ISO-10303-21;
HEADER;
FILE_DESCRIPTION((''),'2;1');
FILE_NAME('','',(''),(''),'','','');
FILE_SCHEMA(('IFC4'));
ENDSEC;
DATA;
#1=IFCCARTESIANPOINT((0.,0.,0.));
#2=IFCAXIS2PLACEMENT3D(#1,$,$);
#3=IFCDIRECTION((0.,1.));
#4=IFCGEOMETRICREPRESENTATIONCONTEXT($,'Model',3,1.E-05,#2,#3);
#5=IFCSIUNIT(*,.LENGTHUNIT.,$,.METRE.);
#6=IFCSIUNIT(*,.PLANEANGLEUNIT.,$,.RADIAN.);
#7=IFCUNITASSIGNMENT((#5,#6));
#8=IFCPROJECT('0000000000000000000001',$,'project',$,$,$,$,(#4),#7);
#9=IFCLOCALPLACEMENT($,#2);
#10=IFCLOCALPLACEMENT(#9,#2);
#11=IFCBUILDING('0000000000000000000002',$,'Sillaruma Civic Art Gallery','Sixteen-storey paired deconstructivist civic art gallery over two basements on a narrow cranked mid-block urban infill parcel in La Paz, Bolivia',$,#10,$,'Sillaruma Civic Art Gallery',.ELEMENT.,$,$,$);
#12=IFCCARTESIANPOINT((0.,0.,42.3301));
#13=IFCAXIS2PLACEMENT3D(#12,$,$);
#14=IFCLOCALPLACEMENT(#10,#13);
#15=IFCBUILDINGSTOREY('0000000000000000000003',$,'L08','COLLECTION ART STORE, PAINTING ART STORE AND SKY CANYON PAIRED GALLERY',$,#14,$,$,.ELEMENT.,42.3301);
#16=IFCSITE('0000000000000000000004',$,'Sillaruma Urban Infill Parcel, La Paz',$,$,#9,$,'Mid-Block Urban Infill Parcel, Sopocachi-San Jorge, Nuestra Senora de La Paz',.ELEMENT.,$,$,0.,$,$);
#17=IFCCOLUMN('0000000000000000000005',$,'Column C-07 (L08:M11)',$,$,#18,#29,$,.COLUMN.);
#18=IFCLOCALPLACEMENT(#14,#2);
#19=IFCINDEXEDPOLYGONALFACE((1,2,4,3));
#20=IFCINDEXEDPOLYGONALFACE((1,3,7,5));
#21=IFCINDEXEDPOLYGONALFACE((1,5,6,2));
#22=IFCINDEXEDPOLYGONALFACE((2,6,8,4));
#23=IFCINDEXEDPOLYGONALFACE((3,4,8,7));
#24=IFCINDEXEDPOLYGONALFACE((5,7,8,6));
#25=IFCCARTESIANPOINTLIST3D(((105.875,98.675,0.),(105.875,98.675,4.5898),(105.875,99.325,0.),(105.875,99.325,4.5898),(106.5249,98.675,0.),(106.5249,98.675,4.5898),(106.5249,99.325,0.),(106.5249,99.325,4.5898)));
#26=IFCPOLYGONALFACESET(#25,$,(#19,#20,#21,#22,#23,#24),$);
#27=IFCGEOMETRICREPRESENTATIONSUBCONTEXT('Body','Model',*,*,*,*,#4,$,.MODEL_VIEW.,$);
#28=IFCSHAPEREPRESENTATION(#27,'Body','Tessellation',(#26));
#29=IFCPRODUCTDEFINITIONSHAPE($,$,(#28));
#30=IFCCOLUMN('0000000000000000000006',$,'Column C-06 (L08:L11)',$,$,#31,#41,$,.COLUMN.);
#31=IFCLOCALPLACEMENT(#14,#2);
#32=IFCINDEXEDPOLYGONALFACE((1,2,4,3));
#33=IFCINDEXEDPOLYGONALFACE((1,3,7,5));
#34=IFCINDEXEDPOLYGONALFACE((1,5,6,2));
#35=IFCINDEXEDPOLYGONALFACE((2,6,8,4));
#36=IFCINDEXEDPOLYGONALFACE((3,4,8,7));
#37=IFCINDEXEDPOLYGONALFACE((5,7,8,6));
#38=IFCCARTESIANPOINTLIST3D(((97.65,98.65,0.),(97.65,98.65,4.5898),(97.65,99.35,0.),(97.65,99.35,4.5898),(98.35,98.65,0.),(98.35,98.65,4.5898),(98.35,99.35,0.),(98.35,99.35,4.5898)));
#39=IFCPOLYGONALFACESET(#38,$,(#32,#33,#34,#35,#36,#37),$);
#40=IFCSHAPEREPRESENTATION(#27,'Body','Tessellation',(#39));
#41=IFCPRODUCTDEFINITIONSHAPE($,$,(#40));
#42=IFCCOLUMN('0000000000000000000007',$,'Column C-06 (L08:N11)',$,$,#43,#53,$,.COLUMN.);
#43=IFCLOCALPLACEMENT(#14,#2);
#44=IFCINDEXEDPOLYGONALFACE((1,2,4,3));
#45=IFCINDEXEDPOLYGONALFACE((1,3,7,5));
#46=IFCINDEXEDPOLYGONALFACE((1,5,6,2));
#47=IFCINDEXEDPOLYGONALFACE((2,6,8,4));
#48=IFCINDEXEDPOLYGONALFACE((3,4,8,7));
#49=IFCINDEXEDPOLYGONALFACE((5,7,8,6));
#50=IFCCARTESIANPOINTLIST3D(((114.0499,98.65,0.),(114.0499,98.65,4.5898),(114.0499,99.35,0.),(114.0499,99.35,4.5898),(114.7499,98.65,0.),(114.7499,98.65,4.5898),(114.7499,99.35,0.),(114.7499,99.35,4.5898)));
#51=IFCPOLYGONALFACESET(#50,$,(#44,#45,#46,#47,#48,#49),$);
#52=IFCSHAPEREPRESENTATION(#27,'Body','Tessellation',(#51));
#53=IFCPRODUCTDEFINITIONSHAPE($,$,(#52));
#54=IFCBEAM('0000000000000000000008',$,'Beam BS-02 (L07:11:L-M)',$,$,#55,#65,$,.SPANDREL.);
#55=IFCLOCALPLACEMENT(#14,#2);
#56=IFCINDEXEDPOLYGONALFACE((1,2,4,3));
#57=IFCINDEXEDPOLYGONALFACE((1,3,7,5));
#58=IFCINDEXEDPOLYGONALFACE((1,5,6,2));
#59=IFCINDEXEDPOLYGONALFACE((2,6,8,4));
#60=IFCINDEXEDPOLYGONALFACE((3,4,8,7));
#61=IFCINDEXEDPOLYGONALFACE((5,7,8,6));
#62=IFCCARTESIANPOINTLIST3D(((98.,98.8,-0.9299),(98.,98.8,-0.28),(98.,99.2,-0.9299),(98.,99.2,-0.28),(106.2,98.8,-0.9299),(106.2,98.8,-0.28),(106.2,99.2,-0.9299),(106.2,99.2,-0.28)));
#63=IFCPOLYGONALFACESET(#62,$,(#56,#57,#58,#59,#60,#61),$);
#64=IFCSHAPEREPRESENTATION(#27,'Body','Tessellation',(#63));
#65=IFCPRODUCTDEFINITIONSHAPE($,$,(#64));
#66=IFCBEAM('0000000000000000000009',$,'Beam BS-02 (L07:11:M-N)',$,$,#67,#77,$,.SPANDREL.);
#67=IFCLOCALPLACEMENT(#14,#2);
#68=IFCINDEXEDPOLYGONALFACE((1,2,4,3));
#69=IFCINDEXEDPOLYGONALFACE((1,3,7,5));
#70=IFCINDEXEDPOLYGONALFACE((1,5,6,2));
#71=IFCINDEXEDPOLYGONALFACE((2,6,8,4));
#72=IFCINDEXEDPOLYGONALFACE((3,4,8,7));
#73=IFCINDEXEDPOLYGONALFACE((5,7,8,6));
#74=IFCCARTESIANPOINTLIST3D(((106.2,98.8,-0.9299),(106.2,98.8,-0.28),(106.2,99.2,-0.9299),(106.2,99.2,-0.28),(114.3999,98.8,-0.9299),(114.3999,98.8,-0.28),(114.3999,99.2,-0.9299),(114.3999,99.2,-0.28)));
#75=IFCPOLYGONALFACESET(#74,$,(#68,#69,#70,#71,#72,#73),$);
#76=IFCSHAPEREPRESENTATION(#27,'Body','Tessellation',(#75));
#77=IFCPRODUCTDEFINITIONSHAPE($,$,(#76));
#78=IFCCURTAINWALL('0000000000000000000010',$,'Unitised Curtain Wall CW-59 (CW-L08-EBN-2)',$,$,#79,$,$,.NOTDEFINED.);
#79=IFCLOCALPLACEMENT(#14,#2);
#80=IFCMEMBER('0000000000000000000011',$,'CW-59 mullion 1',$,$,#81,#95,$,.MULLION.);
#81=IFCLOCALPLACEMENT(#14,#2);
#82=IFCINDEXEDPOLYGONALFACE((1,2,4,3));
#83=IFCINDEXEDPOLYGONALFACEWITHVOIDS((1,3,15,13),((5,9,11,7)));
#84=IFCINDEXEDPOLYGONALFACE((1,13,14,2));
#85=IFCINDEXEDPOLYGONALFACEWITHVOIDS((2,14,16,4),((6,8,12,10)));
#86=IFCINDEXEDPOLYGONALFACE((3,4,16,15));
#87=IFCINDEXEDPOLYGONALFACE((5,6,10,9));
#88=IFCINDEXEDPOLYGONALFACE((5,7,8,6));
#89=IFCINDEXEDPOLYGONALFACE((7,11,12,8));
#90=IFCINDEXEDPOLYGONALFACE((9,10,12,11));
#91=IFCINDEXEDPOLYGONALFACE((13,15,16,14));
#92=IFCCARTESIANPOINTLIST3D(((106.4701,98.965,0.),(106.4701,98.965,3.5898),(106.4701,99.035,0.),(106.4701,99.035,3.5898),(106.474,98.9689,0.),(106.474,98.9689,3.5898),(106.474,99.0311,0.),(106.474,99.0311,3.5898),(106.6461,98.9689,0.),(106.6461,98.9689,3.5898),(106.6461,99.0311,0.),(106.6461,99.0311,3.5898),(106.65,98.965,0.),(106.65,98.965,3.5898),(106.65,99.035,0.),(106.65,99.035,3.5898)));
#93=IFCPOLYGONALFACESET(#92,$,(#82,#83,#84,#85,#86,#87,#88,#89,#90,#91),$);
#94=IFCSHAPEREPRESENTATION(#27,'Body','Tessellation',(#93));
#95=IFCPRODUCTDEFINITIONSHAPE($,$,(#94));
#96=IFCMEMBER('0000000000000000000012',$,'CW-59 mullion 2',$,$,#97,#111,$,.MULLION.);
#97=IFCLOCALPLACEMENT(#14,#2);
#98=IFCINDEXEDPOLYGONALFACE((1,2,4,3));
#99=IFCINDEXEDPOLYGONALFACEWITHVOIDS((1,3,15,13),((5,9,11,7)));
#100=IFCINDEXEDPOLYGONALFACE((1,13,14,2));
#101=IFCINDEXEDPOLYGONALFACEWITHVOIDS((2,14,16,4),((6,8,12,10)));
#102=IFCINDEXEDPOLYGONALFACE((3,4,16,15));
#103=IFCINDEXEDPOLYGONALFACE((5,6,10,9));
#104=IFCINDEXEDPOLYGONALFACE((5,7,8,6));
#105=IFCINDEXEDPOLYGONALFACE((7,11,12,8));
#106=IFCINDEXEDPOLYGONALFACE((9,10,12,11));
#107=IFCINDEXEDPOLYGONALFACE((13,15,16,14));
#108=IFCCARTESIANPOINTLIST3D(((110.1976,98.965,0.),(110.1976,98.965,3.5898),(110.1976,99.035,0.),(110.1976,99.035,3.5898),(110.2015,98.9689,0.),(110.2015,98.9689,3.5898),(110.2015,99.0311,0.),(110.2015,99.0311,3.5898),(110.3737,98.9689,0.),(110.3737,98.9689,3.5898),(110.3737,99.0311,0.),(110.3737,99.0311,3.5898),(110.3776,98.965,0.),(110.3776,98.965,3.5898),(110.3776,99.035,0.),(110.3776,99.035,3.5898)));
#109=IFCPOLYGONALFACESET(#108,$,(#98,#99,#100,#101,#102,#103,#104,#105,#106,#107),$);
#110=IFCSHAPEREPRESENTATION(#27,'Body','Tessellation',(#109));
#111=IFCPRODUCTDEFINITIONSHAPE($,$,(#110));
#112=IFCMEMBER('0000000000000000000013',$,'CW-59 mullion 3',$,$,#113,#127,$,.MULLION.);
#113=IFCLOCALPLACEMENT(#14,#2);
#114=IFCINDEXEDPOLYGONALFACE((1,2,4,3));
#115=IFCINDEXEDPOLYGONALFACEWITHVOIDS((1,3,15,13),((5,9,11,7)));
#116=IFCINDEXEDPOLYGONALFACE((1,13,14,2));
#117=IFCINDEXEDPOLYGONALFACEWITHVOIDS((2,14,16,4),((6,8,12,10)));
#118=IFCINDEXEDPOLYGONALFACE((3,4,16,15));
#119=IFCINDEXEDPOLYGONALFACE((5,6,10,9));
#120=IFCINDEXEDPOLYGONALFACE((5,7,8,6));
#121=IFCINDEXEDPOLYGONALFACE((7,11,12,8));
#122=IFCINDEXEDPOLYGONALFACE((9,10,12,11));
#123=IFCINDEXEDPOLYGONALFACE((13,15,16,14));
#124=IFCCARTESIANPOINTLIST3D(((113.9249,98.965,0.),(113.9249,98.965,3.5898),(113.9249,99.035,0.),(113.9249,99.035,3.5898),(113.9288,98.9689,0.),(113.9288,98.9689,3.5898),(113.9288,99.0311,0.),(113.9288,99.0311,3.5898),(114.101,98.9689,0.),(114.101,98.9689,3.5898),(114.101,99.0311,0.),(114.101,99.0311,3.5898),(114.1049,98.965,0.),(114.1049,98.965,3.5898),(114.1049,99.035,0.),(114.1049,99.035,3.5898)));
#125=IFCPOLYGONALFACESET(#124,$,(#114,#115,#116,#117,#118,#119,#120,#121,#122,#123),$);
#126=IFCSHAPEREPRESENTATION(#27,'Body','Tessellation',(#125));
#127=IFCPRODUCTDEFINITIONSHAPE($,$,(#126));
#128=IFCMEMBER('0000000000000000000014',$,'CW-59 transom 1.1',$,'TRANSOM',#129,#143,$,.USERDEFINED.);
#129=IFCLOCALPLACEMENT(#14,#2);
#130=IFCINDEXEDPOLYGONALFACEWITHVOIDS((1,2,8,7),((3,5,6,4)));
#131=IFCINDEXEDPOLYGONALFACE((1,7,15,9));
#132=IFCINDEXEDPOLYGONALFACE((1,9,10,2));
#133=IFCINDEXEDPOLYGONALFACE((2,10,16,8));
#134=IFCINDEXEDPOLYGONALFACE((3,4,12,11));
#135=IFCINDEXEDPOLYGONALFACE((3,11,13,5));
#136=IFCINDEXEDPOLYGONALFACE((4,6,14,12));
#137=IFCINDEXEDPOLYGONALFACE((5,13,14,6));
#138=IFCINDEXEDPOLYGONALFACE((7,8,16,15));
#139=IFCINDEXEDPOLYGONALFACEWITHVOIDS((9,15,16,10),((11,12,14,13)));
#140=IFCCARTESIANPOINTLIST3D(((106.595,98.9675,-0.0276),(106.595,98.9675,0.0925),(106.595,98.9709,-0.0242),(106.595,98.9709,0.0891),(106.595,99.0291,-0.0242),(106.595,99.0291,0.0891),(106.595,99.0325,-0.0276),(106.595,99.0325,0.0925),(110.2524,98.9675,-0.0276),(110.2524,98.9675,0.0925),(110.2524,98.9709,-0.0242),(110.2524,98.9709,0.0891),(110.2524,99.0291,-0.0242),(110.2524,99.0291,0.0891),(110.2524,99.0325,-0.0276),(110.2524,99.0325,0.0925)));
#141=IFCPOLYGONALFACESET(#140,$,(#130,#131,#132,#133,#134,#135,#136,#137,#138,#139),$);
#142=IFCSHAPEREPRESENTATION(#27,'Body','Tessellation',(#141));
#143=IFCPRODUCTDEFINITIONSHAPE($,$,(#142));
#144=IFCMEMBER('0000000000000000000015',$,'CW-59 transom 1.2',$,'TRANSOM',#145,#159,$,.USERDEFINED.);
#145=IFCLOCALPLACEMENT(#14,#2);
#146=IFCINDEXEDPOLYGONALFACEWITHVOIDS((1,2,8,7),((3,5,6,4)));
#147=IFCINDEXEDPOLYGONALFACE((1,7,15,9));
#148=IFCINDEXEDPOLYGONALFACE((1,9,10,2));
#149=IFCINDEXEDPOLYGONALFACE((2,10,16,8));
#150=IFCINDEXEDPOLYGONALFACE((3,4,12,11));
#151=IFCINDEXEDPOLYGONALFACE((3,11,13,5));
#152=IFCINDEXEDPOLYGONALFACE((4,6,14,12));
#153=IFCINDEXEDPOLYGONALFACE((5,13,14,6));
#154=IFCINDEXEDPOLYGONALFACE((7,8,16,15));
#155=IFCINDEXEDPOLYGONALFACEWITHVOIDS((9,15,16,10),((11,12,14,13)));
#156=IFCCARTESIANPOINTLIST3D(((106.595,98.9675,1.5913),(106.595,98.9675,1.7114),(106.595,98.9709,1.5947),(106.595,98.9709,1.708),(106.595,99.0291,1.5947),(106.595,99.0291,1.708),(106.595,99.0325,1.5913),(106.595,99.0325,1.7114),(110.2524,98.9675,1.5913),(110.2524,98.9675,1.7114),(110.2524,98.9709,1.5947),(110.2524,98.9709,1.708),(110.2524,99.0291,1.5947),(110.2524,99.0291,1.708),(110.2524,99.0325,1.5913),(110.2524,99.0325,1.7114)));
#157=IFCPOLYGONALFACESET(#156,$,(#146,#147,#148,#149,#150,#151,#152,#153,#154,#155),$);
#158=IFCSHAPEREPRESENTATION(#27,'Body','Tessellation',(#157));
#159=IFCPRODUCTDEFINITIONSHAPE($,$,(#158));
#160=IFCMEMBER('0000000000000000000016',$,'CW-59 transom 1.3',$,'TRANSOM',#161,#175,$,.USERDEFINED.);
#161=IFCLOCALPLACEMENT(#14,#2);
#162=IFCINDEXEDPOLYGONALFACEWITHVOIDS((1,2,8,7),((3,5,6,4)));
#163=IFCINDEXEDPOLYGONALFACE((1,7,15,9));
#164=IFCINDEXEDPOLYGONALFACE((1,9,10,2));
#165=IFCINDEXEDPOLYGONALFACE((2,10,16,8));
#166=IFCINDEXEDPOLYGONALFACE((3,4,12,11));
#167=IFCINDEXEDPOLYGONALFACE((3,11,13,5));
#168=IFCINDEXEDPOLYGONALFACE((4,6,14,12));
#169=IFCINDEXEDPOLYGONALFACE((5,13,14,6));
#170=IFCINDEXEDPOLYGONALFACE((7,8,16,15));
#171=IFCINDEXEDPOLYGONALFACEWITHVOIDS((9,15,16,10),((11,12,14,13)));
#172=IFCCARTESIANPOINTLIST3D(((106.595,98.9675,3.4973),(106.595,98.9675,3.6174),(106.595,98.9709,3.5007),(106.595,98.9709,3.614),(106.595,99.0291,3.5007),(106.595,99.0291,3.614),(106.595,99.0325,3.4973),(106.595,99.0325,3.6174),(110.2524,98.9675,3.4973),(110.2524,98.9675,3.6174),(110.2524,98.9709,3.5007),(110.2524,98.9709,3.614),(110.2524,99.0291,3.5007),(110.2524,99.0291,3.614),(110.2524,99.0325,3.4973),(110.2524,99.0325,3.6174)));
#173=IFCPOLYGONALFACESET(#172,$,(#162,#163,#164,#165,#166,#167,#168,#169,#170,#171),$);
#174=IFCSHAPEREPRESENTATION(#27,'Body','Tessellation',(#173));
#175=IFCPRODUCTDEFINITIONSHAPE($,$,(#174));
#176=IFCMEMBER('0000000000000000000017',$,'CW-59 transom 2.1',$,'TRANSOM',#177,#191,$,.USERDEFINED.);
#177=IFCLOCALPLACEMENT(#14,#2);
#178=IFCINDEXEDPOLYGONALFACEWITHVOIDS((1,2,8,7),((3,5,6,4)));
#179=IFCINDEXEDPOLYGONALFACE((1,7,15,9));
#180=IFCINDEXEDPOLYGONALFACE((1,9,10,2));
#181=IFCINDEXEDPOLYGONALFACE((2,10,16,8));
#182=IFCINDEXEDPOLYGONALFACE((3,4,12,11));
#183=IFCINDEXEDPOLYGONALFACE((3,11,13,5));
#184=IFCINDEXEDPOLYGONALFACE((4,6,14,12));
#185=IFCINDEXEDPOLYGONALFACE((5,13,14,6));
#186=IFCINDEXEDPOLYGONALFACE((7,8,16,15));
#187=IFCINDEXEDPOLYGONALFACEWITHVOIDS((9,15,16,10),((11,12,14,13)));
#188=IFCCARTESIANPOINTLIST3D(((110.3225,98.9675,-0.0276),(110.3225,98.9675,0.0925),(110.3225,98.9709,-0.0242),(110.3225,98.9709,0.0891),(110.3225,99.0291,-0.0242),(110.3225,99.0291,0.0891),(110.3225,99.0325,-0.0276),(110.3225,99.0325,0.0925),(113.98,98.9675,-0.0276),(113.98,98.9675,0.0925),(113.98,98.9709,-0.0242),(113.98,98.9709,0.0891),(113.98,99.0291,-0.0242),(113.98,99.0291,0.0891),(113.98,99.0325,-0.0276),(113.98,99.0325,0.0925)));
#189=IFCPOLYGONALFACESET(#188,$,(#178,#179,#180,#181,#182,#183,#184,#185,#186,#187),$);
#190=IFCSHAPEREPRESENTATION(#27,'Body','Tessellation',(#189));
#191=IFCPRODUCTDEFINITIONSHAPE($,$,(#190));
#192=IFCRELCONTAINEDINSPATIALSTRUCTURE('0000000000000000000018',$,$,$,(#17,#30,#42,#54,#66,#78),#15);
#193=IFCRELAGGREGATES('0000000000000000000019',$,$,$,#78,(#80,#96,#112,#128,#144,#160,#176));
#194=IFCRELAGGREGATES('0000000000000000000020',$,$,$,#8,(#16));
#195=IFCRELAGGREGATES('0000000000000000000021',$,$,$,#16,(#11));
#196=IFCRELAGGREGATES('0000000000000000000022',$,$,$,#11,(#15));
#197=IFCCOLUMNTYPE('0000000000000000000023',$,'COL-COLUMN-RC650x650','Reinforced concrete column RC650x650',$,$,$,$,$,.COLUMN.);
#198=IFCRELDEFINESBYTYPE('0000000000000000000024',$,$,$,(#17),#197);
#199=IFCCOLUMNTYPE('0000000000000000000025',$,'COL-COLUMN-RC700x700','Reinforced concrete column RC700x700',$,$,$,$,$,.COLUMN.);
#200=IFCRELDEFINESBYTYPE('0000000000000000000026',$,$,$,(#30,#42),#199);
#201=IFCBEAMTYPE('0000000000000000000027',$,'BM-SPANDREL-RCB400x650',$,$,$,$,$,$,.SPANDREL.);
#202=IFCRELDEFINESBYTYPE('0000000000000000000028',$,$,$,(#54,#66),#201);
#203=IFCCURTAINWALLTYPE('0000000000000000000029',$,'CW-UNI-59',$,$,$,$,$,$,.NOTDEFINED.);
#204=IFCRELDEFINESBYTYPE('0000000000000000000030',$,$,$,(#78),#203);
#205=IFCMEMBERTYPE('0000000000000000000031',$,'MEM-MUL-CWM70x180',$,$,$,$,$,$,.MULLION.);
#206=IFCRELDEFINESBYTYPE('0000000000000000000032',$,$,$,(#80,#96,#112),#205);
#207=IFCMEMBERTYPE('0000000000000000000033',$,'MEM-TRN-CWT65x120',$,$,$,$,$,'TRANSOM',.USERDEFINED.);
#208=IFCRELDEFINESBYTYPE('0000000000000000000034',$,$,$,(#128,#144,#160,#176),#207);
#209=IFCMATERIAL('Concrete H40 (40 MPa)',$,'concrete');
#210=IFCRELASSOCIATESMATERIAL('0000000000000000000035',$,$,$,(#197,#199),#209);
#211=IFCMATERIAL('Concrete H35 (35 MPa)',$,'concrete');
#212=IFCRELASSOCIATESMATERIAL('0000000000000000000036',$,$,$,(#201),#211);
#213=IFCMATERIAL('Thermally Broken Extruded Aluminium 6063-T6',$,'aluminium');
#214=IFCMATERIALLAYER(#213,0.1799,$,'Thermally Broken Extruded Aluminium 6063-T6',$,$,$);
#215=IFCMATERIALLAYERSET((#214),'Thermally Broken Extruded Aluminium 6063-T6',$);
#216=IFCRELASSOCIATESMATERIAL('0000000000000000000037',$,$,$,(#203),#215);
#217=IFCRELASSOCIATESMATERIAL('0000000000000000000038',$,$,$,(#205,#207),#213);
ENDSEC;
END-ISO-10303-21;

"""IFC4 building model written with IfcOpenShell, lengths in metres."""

from ifc_helpers import new_model, si_unit, direction, frame, origin, origin_2d, place, context, subcontext, project, spatial, rectangle, hollow_rectangle, extrude, material, layer, layer_set, material_profile, profile_set, type_object, element, aggregate, save


model = new_model("IFC4")

# Units and contexts
model_context = context("Model", 3, precision=1e-05, world=origin(), true_north=direction((0.0, 1.0)))
body_context = subcontext(model_context, "Body", "Model", "MODEL_VIEW")
ifc_project = project(units=[si_unit("LENGTHUNIT", "METRE"), si_unit("PLANEANGLEUNIT", "RADIAN")], contexts=[model_context])

# Site, building, storey
site_placement = place(None, origin())
site = spatial("IfcSite", under=ifc_project, at=site_placement, Name="Sillaruma Urban Infill Parcel, La Paz", LongName="Mid-Block Urban Infill Parcel, Sopocachi-San Jorge, Nuestra Senora de La Paz", CompositionType="ELEMENT", RefElevation=0.0)
building_placement = place(site_placement, origin())
building = spatial("IfcBuilding", under=site, at=building_placement, Name="Sillaruma Civic Art Gallery", Description="Sixteen-storey paired deconstructivist civic art gallery over two basements on a narrow cranked mid-block urban infill parcel in La Paz, Bolivia", LongName="Sillaruma Civic Art Gallery", CompositionType="ELEMENT")
storey_placement = place(building_placement, frame((0.0, 0.0, 42.3301)))
storey = spatial("IfcBuildingStorey", under=building, at=storey_placement, Name="L08", Description="COLLECTION ART STORE, PAINTING ART STORE AND SKY CANYON PAIRED GALLERY", CompositionType="ELEMENT", Elevation=42.3301)

# Columns
ifc_material_1 = material(Name="Concrete H40 (40 MPa)", Category="concrete")
ifc_material_profile_1 = material_profile(ifc_material_1, rectangle(XDim=0.6499, YDim=0.6499, at=origin_2d()), Name="RC650x650")
ifc_profile_set_1 = profile_set([ifc_material_profile_1], Name="Concrete H40 (40 MPa)")
column_type_1 = type_object("IfcColumnType", Name="COL-COLUMN-RC650x650", Description="Reinforced concrete column RC650x650", PredefinedType="COLUMN", material=ifc_profile_set_1)
column_placement = place(storey_placement, frame((106.2, 99.0, 0.0), z_axis=(0.0, 0.0, 1.0), x_axis=(1.0, 0.0, 0.0)))
element("IfcColumn", 1, at=column_placement, inside=storey, type_object=column_type_1, Name="Column C-07 (L08:M11)", PredefinedType="COLUMN", context=body_context, shape_type="SweptSolid", body=[
    extrude(rectangle(XDim=0.6499, YDim=0.6499, at=origin_2d()), origin(), (0.0, 0.0, 1.0), 4.5898),
])
ifc_material_profile_2 = material_profile(ifc_material_1, rectangle(XDim=0.7, YDim=0.7, at=origin_2d()), Name="RC700x700")
ifc_profile_set_2 = profile_set([ifc_material_profile_2], Name="Concrete H40 (40 MPa)")
column_type_2 = type_object("IfcColumnType", Name="COL-COLUMN-RC700x700", Description="Reinforced concrete column RC700x700", PredefinedType="COLUMN", material=ifc_profile_set_2)
for number, where, z_axis, x_axis, name in (
    (2, (98.0, 99.0, 0.0), (0.0, 0.0, 1.0), (1.0, 0.0, 0.0), "Column C-06 (L08:L11)"),
    (3, (114.3999, 99.0, 0.0), (0.0, 0.0, 1.0), (1.0, 0.0, 0.0), "Column C-06 (L08:N11)"),
):
    element("IfcColumn", number, at=place(storey_placement, frame(where, z_axis=z_axis, x_axis=x_axis)), inside=storey, type_object=column_type_2, Name=name, PredefinedType="COLUMN", context=body_context, shape_type="SweptSolid", body=[
        extrude(rectangle(XDim=0.7, YDim=0.7, at=origin_2d()), origin(), (0.0, 0.0, 1.0), 4.5898),
    ])

# Beams
ifc_material_2 = material(Name="Concrete H35 (35 MPa)", Category="concrete")
ifc_material_profile_3 = material_profile(ifc_material_2, rectangle(XDim=0.3999, YDim=0.6499, at=origin_2d()), Name="RCB400x650")
ifc_profile_set_3 = profile_set([ifc_material_profile_3], Name="Concrete H35 (35 MPa)")
beam_type = type_object("IfcBeamType", Name="BM-SPANDREL-RCB400x650", PredefinedType="SPANDREL", material=ifc_profile_set_3)
for number, where, z_axis, x_axis, name in (
    (4, (98.0, 99.0, -0.605), (1.0, 0.0, 0.0), (0.0, 1.0, 0.0), "Beam BS-02 (L07:11:L-M)"),
    (5, (106.2, 99.0, -0.605), (1.0, 0.0, 0.0), (0.0, 1.0, 0.0), "Beam BS-02 (L07:11:M-N)"),
):
    element("IfcBeam", number, at=place(storey_placement, frame(where, z_axis=z_axis, x_axis=x_axis)), inside=storey, type_object=beam_type, Name=name, PredefinedType="SPANDREL", context=body_context, shape_type="SweptSolid", body=[
        extrude(rectangle(XDim=0.3999, YDim=0.6499, at=origin_2d()), origin(), (0.0, 0.0, 1.0), 8.2),
    ])

# Curtain wall, members
ifc_material_3 = material(Name="Thermally Broken Extruded Aluminium 6063-T6", Category="aluminium")
ifc_layer_1 = layer(ifc_material_3, 0.1799, Name="Thermally Broken Extruded Aluminium 6063-T6")
ifc_layer_set_1 = layer_set([ifc_layer_1], Name="Thermally Broken Extruded Aluminium 6063-T6")
curtain_wall_type = type_object("IfcCurtainWallType", Name="CW-UNI-59", PredefinedType="NOTDEFINED", material=ifc_layer_set_1)
curtain_wall_placement = place(storey_placement, origin())
curtain_wall = element("IfcCurtainWall", 6, at=curtain_wall_placement, inside=storey, type_object=curtain_wall_type, Name="Unitised Curtain Wall CW-59 (CW-L08-EBN-2)", PredefinedType="NOTDEFINED")
ifc_material_profile_4 = material_profile(ifc_material_3, hollow_rectangle(XDim=0.0701, YDim=0.1799, WallThickness=0.0039, at=origin_2d()), Name="CWM70x180")
ifc_profile_set_4 = profile_set([ifc_material_profile_4], Name="Thermally Broken Extruded Aluminium 6063-T6")
member_type_1 = type_object("IfcMemberType", Name="MEM-MUL-CWM70x180", PredefinedType="MULLION", material=ifc_profile_set_4)
member_1_placement = place(storey_placement, frame((106.5601, 99.0, 0.0), z_axis=(0.0, 0.0, 1.0), x_axis=(0.0, 1.0, 0.0)))
member_1 = element("IfcMember", 7, at=member_1_placement, type_object=member_type_1, Name="CW-59 mullion 1", PredefinedType="MULLION", context=body_context, shape_type="SweptSolid", body=[
    extrude(hollow_rectangle(XDim=0.0701, YDim=0.1799, WallThickness=0.0039, at=origin_2d()), origin(), (0.0, 0.0, 1.0), 3.5898),
])
member_2_placement = place(storey_placement, frame((110.2876, 99.0, 0.0), z_axis=(0.0, 0.0, 1.0), x_axis=(0.0, 1.0, 0.0)))
member_2 = element("IfcMember", 8, at=member_2_placement, type_object=member_type_1, Name="CW-59 mullion 2", PredefinedType="MULLION", context=body_context, shape_type="SweptSolid", body=[
    extrude(hollow_rectangle(XDim=0.0701, YDim=0.1799, WallThickness=0.0039, at=origin_2d()), origin(), (0.0, 0.0, 1.0), 3.5898),
])
member_3_placement = place(storey_placement, frame((114.0149, 99.0, 0.0), z_axis=(0.0, 0.0, 1.0), x_axis=(0.0, 1.0, 0.0)))
member_3 = element("IfcMember", 9, at=member_3_placement, type_object=member_type_1, Name="CW-59 mullion 3", PredefinedType="MULLION", context=body_context, shape_type="SweptSolid", body=[
    extrude(hollow_rectangle(XDim=0.0701, YDim=0.1799, WallThickness=0.0039, at=origin_2d()), origin(), (0.0, 0.0, 1.0), 3.5898),
])
ifc_material_profile_5 = material_profile(ifc_material_3, hollow_rectangle(XDim=0.0649, YDim=0.1201, WallThickness=0.0034, at=origin_2d()), Name="CWT65x120")
ifc_profile_set_5 = profile_set([ifc_material_profile_5], Name="Thermally Broken Extruded Aluminium 6063-T6")
member_type_2 = type_object("IfcMemberType", Name="MEM-TRN-CWT65x120", ElementType="TRANSOM", PredefinedType="USERDEFINED", material=ifc_profile_set_5)
member_4_placement = place(storey_placement, frame((106.595, 99.0, 0.0325), z_axis=(1.0, 0.0, 0.0), x_axis=(0.0, 1.0, 0.0)))
member_4 = element("IfcMember", 10, at=member_4_placement, type_object=member_type_2, Name="CW-59 transom 1.1", ObjectType="TRANSOM", PredefinedType="USERDEFINED", context=body_context, shape_type="SweptSolid", body=[
    extrude(hollow_rectangle(XDim=0.0649, YDim=0.1201, WallThickness=0.0034, at=origin_2d()), origin(), (0.0, 0.0, 1.0), 3.6575),
])
member_5_placement = place(storey_placement, frame((106.595, 99.0, 1.6514), z_axis=(1.0, 0.0, 0.0), x_axis=(0.0, 1.0, 0.0)))
member_5 = element("IfcMember", 11, at=member_5_placement, type_object=member_type_2, Name="CW-59 transom 1.2", ObjectType="TRANSOM", PredefinedType="USERDEFINED", context=body_context, shape_type="SweptSolid", body=[
    extrude(hollow_rectangle(XDim=0.0649, YDim=0.1201, WallThickness=0.0034, at=origin_2d()), origin(), (0.0, 0.0, 1.0), 3.6575),
])
member_6_placement = place(storey_placement, frame((106.595, 99.0, 3.5574), z_axis=(1.0, 0.0, 0.0), x_axis=(0.0, 1.0, 0.0)))
member_6 = element("IfcMember", 12, at=member_6_placement, type_object=member_type_2, Name="CW-59 transom 1.3", ObjectType="TRANSOM", PredefinedType="USERDEFINED", context=body_context, shape_type="SweptSolid", body=[
    extrude(hollow_rectangle(XDim=0.0649, YDim=0.1201, WallThickness=0.0034, at=origin_2d()), origin(), (0.0, 0.0, 1.0), 3.6575),
])
member_7_placement = place(storey_placement, frame((110.3225, 99.0, 0.0325), z_axis=(1.0, 0.0, 0.0), x_axis=(0.0, 1.0, 0.0)))
member_7 = element("IfcMember", 13, at=member_7_placement, type_object=member_type_2, Name="CW-59 transom 2.1", ObjectType="TRANSOM", PredefinedType="USERDEFINED", context=body_context, shape_type="SweptSolid", body=[
    extrude(hollow_rectangle(XDim=0.0649, YDim=0.1201, WallThickness=0.0034, at=origin_2d()), origin(), (0.0, 0.0, 1.0), 3.6575),
])
aggregate(curtain_wall, [member_1, member_2, member_3, member_4, member_5, member_6, member_7])

save(model, "model.ifc")
